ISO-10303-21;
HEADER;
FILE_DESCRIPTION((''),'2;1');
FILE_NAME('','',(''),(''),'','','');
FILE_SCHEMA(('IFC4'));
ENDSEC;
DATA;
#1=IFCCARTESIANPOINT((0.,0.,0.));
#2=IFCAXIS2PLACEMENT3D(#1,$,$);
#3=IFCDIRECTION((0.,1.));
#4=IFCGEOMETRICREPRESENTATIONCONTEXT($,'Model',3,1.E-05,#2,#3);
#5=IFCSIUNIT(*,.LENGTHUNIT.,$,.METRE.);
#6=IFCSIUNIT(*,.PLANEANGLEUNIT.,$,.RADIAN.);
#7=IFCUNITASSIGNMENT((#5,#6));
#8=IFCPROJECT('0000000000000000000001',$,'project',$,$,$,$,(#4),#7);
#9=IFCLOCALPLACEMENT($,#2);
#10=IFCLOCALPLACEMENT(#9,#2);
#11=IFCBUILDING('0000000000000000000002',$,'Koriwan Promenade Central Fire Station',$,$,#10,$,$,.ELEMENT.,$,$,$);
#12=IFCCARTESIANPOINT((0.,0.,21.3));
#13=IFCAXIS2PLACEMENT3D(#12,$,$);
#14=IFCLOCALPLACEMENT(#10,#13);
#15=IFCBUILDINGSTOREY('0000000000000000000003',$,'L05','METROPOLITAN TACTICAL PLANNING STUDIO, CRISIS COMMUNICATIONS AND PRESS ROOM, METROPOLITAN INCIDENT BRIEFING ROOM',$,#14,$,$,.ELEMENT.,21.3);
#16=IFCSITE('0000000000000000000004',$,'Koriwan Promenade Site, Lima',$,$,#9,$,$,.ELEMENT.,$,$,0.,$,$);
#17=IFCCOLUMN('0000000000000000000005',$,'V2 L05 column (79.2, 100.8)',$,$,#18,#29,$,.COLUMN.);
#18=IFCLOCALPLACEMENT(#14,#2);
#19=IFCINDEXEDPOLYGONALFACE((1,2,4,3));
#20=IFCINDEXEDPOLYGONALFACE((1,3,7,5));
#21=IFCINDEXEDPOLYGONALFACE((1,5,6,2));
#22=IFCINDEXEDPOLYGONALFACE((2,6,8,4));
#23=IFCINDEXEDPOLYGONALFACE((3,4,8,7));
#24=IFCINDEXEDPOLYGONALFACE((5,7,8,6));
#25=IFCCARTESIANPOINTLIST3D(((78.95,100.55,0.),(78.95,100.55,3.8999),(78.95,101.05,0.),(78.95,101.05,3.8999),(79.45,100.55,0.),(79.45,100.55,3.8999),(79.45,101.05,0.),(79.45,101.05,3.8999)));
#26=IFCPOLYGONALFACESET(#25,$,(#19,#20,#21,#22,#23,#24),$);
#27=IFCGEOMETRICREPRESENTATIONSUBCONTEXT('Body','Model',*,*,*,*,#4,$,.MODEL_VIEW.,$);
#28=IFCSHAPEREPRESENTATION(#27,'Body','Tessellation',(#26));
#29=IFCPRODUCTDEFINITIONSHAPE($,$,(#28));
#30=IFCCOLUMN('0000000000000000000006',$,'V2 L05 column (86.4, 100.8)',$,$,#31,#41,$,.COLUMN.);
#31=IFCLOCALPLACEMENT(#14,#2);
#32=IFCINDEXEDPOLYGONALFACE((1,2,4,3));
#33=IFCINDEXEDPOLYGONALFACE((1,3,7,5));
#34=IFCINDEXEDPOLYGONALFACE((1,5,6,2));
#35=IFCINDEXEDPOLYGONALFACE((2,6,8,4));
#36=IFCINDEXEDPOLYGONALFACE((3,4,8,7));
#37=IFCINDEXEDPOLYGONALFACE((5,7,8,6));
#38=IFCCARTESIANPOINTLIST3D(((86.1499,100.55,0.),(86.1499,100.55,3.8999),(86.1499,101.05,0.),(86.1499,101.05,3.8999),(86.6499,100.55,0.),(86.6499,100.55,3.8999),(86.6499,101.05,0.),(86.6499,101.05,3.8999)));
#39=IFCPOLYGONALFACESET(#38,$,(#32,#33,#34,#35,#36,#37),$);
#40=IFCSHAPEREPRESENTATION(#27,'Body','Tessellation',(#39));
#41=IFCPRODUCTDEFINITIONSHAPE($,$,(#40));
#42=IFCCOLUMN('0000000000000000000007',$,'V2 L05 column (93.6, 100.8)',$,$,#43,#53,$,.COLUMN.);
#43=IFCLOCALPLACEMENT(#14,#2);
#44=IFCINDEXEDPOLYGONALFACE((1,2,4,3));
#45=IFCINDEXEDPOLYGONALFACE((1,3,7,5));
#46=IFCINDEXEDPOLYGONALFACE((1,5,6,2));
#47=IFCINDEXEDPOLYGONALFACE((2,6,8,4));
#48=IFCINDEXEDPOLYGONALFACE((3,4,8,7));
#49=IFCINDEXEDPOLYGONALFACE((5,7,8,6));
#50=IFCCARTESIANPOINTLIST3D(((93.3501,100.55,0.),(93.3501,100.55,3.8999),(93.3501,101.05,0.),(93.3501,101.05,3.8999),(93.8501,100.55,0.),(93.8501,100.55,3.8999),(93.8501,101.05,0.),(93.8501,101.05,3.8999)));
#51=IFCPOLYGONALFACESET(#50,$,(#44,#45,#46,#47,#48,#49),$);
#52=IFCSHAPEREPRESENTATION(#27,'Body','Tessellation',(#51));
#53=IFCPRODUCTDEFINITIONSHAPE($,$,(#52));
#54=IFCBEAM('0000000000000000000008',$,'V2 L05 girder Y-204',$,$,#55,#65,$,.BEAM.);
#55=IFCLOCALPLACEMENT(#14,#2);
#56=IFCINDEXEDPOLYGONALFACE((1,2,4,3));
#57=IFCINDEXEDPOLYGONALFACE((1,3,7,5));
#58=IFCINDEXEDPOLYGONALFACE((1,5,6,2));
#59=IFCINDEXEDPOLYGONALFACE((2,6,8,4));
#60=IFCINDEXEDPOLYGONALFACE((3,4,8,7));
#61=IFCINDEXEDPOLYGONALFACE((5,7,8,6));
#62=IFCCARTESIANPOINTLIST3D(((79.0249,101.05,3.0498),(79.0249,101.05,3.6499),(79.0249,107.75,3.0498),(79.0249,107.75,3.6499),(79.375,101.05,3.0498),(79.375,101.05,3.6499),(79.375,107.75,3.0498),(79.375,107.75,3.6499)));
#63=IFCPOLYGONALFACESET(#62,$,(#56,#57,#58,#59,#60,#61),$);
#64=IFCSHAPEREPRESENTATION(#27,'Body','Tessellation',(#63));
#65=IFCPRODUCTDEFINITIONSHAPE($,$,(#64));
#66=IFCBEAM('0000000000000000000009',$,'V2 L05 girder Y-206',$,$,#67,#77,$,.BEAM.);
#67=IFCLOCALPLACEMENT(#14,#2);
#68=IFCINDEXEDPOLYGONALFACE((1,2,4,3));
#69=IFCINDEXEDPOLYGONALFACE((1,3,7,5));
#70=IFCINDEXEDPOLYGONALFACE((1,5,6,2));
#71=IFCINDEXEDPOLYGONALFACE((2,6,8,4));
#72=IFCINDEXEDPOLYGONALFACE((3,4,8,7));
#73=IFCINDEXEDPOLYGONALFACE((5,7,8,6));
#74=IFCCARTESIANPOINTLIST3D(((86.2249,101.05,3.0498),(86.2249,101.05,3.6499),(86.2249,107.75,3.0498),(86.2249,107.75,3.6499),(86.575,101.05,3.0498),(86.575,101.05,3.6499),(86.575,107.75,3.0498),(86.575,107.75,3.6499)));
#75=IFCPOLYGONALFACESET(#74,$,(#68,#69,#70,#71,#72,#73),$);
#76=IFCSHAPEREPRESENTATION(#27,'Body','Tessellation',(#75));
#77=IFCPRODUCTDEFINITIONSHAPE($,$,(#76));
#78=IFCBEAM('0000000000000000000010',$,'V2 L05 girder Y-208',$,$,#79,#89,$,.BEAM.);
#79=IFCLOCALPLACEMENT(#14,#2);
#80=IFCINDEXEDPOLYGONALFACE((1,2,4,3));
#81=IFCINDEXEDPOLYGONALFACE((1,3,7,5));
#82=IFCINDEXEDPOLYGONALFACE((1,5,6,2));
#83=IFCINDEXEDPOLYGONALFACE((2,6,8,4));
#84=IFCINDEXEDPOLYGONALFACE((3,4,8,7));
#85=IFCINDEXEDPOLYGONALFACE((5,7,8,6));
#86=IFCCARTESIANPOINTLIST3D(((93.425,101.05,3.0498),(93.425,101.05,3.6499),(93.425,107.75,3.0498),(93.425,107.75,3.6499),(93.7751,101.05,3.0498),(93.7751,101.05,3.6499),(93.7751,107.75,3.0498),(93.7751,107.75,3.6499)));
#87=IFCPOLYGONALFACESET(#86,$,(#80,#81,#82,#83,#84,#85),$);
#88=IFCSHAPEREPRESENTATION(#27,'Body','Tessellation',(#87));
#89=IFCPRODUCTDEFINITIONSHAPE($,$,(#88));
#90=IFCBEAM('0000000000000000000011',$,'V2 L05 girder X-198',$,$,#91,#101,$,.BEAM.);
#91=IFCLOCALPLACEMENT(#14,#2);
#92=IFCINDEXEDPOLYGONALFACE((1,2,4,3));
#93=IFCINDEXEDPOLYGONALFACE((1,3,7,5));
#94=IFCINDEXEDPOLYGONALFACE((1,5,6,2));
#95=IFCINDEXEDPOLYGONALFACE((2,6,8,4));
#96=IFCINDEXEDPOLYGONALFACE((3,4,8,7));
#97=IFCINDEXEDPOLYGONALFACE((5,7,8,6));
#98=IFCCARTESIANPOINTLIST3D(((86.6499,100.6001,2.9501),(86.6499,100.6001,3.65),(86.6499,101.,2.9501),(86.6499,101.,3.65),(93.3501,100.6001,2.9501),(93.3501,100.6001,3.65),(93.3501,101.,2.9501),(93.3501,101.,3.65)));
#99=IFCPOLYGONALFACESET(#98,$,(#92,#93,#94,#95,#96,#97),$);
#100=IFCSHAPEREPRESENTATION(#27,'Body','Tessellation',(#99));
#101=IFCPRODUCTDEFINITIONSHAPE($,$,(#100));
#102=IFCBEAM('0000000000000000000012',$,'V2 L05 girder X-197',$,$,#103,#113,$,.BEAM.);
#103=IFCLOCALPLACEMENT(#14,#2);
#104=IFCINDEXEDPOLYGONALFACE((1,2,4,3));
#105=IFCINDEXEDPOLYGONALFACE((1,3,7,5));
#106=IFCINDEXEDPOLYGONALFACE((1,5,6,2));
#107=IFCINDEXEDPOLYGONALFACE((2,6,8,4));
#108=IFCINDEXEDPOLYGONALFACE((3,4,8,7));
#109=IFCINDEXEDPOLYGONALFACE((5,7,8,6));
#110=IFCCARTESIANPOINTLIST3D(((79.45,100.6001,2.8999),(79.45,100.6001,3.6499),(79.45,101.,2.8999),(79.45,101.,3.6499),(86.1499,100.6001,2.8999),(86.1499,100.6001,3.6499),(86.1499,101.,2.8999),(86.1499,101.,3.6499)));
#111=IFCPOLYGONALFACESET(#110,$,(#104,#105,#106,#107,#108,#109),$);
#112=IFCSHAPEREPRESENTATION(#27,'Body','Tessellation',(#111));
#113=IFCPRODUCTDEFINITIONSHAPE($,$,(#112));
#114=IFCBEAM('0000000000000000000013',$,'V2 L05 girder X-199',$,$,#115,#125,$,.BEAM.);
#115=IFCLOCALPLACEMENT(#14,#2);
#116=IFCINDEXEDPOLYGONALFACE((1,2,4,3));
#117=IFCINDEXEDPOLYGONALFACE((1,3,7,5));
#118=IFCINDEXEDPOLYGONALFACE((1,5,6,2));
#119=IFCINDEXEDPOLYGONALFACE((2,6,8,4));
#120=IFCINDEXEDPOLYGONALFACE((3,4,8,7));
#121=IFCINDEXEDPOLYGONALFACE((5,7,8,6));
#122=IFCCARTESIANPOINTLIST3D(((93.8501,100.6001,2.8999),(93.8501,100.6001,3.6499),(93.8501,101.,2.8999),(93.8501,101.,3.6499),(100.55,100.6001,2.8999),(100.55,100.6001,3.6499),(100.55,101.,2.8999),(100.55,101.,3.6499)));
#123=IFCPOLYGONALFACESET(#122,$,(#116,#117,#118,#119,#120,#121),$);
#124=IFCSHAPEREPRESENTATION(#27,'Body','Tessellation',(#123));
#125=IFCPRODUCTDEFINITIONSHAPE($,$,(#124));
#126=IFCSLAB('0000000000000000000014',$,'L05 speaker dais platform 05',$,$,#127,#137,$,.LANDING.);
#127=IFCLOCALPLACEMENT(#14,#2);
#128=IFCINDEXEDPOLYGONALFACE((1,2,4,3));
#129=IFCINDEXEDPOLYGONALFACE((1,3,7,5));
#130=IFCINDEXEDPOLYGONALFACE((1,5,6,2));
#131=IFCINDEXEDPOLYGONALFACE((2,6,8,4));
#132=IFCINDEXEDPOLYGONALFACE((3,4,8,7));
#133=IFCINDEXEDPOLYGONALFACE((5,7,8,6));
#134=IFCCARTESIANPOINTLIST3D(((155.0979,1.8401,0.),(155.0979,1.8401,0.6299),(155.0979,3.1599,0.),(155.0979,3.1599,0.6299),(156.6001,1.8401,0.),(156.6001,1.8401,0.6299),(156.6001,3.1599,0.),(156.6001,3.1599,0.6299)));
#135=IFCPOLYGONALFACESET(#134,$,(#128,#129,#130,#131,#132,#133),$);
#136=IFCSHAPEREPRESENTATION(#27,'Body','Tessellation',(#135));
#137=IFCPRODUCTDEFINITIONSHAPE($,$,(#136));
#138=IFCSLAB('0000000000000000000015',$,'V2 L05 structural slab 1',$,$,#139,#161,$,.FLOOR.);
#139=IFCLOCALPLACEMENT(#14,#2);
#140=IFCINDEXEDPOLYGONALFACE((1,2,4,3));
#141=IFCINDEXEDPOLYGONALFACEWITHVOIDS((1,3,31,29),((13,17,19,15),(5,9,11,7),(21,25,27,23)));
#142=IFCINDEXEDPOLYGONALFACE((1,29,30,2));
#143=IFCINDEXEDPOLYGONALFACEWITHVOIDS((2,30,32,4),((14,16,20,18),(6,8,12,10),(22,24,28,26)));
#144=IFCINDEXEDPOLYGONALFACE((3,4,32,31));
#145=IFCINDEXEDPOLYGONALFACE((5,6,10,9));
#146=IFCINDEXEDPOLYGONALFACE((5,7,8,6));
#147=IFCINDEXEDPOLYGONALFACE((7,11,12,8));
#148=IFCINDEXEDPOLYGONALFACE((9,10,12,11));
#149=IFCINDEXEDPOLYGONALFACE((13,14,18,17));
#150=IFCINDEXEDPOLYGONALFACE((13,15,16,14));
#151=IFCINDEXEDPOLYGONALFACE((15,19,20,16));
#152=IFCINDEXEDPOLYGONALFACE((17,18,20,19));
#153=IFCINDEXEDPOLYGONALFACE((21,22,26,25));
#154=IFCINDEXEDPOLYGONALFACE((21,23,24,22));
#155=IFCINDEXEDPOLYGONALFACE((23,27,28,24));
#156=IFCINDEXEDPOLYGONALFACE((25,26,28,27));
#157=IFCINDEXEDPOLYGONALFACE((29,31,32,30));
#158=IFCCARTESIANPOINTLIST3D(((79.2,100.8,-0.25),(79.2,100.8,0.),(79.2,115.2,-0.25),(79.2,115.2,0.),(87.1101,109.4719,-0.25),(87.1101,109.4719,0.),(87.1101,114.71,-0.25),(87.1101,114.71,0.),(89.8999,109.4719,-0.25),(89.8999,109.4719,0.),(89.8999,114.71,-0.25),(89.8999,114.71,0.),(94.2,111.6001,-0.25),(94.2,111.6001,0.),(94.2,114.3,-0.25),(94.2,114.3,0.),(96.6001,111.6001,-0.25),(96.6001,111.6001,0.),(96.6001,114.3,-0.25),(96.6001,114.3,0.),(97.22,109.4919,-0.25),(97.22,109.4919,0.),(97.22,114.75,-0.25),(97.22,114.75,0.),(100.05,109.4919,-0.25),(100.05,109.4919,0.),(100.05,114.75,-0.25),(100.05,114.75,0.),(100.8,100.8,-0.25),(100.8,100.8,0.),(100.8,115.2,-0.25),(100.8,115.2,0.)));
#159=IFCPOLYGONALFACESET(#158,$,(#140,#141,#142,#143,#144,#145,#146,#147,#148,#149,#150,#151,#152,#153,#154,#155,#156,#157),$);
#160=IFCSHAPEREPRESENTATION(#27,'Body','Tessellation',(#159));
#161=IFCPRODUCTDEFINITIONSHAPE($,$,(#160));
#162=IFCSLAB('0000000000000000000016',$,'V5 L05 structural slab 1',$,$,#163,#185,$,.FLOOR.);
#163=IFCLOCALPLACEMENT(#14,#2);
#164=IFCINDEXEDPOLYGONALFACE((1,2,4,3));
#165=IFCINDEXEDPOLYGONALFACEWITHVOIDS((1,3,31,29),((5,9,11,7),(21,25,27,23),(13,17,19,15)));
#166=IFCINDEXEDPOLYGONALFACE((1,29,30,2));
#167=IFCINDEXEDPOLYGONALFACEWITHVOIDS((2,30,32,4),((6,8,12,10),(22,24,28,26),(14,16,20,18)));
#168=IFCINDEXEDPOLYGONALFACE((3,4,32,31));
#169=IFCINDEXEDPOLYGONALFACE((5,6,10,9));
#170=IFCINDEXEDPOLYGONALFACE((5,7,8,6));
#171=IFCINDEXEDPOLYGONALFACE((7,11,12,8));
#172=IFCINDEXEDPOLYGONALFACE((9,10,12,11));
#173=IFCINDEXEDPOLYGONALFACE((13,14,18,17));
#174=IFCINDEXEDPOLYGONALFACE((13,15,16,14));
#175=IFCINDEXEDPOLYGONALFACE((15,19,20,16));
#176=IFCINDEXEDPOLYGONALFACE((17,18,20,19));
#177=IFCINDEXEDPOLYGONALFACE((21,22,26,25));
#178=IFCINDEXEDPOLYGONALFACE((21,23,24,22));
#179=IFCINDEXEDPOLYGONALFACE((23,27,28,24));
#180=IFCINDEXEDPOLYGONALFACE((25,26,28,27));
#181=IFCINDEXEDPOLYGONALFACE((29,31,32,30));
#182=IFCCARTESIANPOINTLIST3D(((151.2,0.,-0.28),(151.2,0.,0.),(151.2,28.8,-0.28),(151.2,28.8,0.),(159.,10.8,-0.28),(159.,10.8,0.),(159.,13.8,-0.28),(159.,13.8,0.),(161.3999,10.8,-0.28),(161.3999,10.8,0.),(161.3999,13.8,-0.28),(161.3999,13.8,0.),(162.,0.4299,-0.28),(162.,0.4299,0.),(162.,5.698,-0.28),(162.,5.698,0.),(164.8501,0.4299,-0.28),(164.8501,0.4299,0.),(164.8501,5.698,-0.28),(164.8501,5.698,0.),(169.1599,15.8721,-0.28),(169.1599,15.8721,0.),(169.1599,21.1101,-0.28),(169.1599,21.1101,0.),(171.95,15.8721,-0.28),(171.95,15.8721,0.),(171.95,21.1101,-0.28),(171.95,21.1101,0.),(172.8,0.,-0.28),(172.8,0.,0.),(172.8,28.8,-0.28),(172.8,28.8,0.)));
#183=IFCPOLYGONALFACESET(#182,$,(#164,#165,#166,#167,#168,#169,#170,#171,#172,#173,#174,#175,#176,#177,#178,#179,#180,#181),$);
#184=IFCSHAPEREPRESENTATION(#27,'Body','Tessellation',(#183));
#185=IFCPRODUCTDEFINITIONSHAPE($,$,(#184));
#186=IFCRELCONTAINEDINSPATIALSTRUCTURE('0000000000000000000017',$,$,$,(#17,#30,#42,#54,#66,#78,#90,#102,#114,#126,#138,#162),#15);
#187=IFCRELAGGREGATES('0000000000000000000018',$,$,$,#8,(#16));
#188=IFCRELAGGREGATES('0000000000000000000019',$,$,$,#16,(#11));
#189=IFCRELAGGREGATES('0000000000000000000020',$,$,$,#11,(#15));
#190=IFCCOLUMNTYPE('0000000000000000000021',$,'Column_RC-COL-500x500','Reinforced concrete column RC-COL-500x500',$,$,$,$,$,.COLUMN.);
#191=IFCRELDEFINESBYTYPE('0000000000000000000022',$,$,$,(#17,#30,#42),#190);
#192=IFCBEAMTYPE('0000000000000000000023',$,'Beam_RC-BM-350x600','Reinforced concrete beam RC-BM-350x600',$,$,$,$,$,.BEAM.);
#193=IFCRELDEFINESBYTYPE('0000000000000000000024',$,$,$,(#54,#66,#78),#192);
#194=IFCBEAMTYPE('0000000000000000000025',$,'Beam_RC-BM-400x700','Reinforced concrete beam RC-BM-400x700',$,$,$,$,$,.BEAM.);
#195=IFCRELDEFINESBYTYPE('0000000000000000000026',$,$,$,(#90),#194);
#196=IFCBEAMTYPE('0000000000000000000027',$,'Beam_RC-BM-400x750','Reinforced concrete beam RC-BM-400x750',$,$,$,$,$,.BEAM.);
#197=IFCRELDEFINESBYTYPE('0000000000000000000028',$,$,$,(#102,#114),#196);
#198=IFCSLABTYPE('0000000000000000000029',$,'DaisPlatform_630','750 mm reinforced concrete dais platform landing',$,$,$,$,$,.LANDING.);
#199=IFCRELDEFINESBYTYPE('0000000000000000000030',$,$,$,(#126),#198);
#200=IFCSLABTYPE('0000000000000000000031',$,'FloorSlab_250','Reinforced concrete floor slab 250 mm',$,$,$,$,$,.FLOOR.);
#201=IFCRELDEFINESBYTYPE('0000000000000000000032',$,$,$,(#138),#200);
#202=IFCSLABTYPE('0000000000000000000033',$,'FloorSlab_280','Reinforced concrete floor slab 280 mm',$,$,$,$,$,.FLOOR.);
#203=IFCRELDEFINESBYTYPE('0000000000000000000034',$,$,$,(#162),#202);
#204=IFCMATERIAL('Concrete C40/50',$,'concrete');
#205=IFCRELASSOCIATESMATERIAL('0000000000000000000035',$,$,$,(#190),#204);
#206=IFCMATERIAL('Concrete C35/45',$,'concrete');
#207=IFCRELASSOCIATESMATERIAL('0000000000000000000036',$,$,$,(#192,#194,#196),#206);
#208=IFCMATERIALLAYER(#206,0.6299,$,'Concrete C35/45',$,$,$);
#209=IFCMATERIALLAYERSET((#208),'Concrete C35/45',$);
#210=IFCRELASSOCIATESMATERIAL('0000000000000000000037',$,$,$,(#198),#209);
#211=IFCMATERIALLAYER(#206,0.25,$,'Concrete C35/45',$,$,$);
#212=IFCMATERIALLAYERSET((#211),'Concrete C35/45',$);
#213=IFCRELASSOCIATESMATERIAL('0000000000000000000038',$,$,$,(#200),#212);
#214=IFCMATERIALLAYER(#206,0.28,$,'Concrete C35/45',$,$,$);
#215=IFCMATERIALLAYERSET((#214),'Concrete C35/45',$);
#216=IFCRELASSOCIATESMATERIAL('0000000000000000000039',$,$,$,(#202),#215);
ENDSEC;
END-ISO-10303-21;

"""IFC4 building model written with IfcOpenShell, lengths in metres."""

from ifc_helpers import new_model, si_unit, direction, frame, origin, origin_2d, place, context, subcontext, project, spatial, polyline, rectangle, outline, extrude, material, layer, layer_set, material_profile, profile_set, type_object, element, save


model = new_model("IFC4")

# Units and contexts
model_context = context("Model", 3, precision=1e-05, world=origin(), true_north=direction((0.0, 1.0)))
body_context = subcontext(model_context, "Body", "Model", "MODEL_VIEW")
ifc_project = project(units=[si_unit("LENGTHUNIT", "METRE"), si_unit("PLANEANGLEUNIT", "RADIAN")], contexts=[model_context])

# Site, building, storey
site_placement = place(None, origin())
site = spatial("IfcSite", under=ifc_project, at=site_placement, Name="Koriwan Promenade Site, Lima", CompositionType="ELEMENT", RefElevation=0.0)
building_placement = place(site_placement, origin())
building = spatial("IfcBuilding", under=site, at=building_placement, Name="Koriwan Promenade Central Fire Station", CompositionType="ELEMENT")
storey_placement = place(building_placement, frame((0.0, 0.0, 21.3)))
storey = spatial("IfcBuildingStorey", under=building, at=storey_placement, Name="L05", Description="METROPOLITAN TACTICAL PLANNING STUDIO, CRISIS COMMUNICATIONS AND PRESS ROOM, METROPOLITAN INCIDENT BRIEFING ROOM", CompositionType="ELEMENT", Elevation=21.3)

# Columns
ifc_material_1 = material(Name="Concrete C40/50", Category="concrete")
ifc_material_profile_1 = material_profile(ifc_material_1, rectangle(XDim=0.5, YDim=0.5, at=origin_2d()), Name="RC-COL-500x500")
ifc_profile_set_1 = profile_set([ifc_material_profile_1], Name="Concrete C40/50")
column_type = type_object("IfcColumnType", Name="Column_RC-COL-500x500", Description="Reinforced concrete column RC-COL-500x500", PredefinedType="COLUMN", material=ifc_profile_set_1)
for number, where, z_axis, x_axis, name in (
    (1, (79.2, 100.8, 0.0), (0.0, 0.0, 1.0), (1.0, 0.0, 0.0), "V2 L05 column (79.2, 100.8)"),
    (2, (86.3999, 100.8, 0.0), (0.0, 0.0, 1.0), (1.0, 0.0, 0.0), "V2 L05 column (86.4, 100.8)"),
    (3, (93.6001, 100.8, 0.0), (0.0, 0.0, 1.0), (1.0, 0.0, 0.0), "V2 L05 column (93.6, 100.8)"),
):
    element("IfcColumn", number, at=place(storey_placement, frame(where, z_axis=z_axis, x_axis=x_axis)), inside=storey, type_object=column_type, Name=name, PredefinedType="COLUMN", context=body_context, shape_type="SweptSolid", body=[
        extrude(rectangle(XDim=0.5, YDim=0.5, at=origin_2d()), origin(), (0.0, 0.0, 1.0), 3.8999),
    ])

# Beams
ifc_material_2 = material(Name="Concrete C35/45", Category="concrete")
ifc_material_profile_2 = material_profile(ifc_material_2, rectangle(XDim=0.3501, YDim=0.6001, at=origin_2d()), Name="RC-BM-350x600")
ifc_profile_set_2 = profile_set([ifc_material_profile_2], Name="Concrete C35/45")
beam_type_1 = type_object("IfcBeamType", Name="Beam_RC-BM-350x600", Description="Reinforced concrete beam RC-BM-350x600", PredefinedType="BEAM", material=ifc_profile_set_2)
for number, where, z_axis, x_axis, name in (
    (4, (79.2, 101.05, 3.3499), (0.0, 1.0, 0.0), (-1.0, 0.0, 0.0), "V2 L05 girder Y-204"),
    (5, (86.3999, 101.05, 3.3499), (0.0, 1.0, 0.0), (-1.0, 0.0, 0.0), "V2 L05 girder Y-206"),
    (6, (93.6001, 101.05, 3.3499), (0.0, 1.0, 0.0), (-1.0, 0.0, 0.0), "V2 L05 girder Y-208"),
):
    element("IfcBeam", number, at=place(storey_placement, frame(where, z_axis=z_axis, x_axis=x_axis)), inside=storey, type_object=beam_type_1, Name=name, PredefinedType="BEAM", context=body_context, shape_type="SweptSolid", body=[
        extrude(rectangle(XDim=0.3501, YDim=0.6001, at=origin_2d()), origin(), (0.0, 0.0, 1.0), 6.7),
    ])
ifc_material_profile_3 = material_profile(ifc_material_2, rectangle(XDim=0.3999, YDim=0.7, at=origin_2d()), Name="RC-BM-400x700")
ifc_profile_set_3 = profile_set([ifc_material_profile_3], Name="Concrete C35/45")
beam_type_2 = type_object("IfcBeamType", Name="Beam_RC-BM-400x700", Description="Reinforced concrete beam RC-BM-400x700", PredefinedType="BEAM", material=ifc_profile_set_3)
beam_placement = place(storey_placement, frame((86.6499, 100.8, 3.3), z_axis=(1.0, 0.0, 0.0), x_axis=(0.0, 1.0, 0.0)))
element("IfcBeam", 7, at=beam_placement, inside=storey, type_object=beam_type_2, Name="V2 L05 girder X-198", PredefinedType="BEAM", context=body_context, shape_type="SweptSolid", body=[
    extrude(rectangle(XDim=0.3999, YDim=0.7, at=origin_2d()), origin(), (0.0, 0.0, 1.0), 6.7002),
])
ifc_material_profile_4 = material_profile(ifc_material_2, rectangle(XDim=0.3999, YDim=0.75, at=origin_2d()), Name="RC-BM-400x750")
ifc_profile_set_4 = profile_set([ifc_material_profile_4], Name="Concrete C35/45")
beam_type_3 = type_object("IfcBeamType", Name="Beam_RC-BM-400x750", Description="Reinforced concrete beam RC-BM-400x750", PredefinedType="BEAM", material=ifc_profile_set_4)
for number, where, z_axis, x_axis, name in (
    (8, (79.45, 100.8, 3.2749), (1.0, 0.0, 0.0), (0.0, 1.0, 0.0), "V2 L05 girder X-197"),
    (9, (93.8501, 100.8, 3.2749), (1.0, 0.0, 0.0), (0.0, 1.0, 0.0), "V2 L05 girder X-199"),
):
    element("IfcBeam", number, at=place(storey_placement, frame(where, z_axis=z_axis, x_axis=x_axis)), inside=storey, type_object=beam_type_3, Name=name, PredefinedType="BEAM", context=body_context, shape_type="SweptSolid", body=[
        extrude(rectangle(XDim=0.3999, YDim=0.75, at=origin_2d()), origin(), (0.0, 0.0, 1.0), 6.7),
    ])

# Slabs
ifc_layer_1 = layer(ifc_material_2, 0.6299, Name="Concrete C35/45")
ifc_layer_set_1 = layer_set([ifc_layer_1], Name="Concrete C35/45")
slab_type_1 = type_object("IfcSlabType", Name="DaisPlatform_630", Description="750 mm reinforced concrete dais platform landing", PredefinedType="LANDING", material=ifc_layer_set_1)
slab_1_placement = place(storey_placement, origin())
element("IfcSlab", 10, at=slab_1_placement, inside=storey, type_object=slab_type_1, Name="L05 speaker dais platform 05", PredefinedType="LANDING", context=body_context, shape_type="SweptSolid", body=[
    extrude(outline(polyline([(155.0979, 1.8401), (156.6001, 1.8401), (156.6001, 3.1599), (155.0979, 3.1599), (155.0979, 1.8401)])), origin(), (0.0, 0.0, 1.0), 0.6299),
])
ifc_layer_2 = layer(ifc_material_2, 0.25, Name="Concrete C35/45")
ifc_layer_set_2 = layer_set([ifc_layer_2], Name="Concrete C35/45")
slab_type_2 = type_object("IfcSlabType", Name="FloorSlab_250", Description="Reinforced concrete floor slab 250 mm", PredefinedType="FLOOR", material=ifc_layer_set_2)
slab_2_placement = place(storey_placement, frame((0.0, 0.0, -0.25)))
element("IfcSlab", 11, at=slab_2_placement, inside=storey, type_object=slab_type_2, Name="V2 L05 structural slab 1", PredefinedType="FLOOR", context=body_context, shape_type="SweptSolid", body=[
    extrude(outline(polyline([(79.2, 115.2), (100.8, 115.2), (100.8, 100.8), (79.2, 100.8), (79.2, 115.2)]), holes=[polyline([(97.22, 114.75), (97.22, 109.4919), (100.05, 109.4919), (100.05, 114.75), (97.22, 114.75)]), polyline([(89.8999, 114.71), (87.1101, 114.71), (87.1101, 109.4719), (89.8999, 109.4719), (89.8999, 114.71)]), polyline([(96.6001, 114.3), (94.2, 114.3), (94.2, 111.6001), (96.6001, 111.6001), (96.6001, 114.3)])]), origin(), (0.0, 0.0, 1.0), 0.25),
])
ifc_layer_3 = layer(ifc_material_2, 0.28, Name="Concrete C35/45")
ifc_layer_set_3 = layer_set([ifc_layer_3], Name="Concrete C35/45")
slab_type_3 = type_object("IfcSlabType", Name="FloorSlab_280", Description="Reinforced concrete floor slab 280 mm", PredefinedType="FLOOR", material=ifc_layer_set_3)
slab_3_placement = place(storey_placement, frame((0.0, 0.0, -0.28)))
element("IfcSlab", 12, at=slab_3_placement, inside=storey, type_object=slab_type_3, Name="V5 L05 structural slab 1", PredefinedType="FLOOR", context=body_context, shape_type="SweptSolid", body=[
    extrude(outline(polyline([(151.2, 28.8), (172.8, 28.8), (172.8, 0.0), (151.2, 0.0), (151.2, 28.8)]), holes=[polyline([(164.8501, 0.4299), (164.8501, 5.698), (162.0, 5.698), (162.0, 0.4299), (164.8501, 0.4299)]), polyline([(169.1599, 15.8721), (171.95, 15.8721), (171.95, 21.1101), (169.1599, 21.1101), (169.1599, 15.8721)]), polyline([(159.0, 13.8), (159.0, 10.8), (161.3999, 10.8), (161.3999, 13.8), (159.0, 13.8)])]), origin(), (0.0, 0.0, 1.0), 0.28),
])

save(model, "model.ifc")
